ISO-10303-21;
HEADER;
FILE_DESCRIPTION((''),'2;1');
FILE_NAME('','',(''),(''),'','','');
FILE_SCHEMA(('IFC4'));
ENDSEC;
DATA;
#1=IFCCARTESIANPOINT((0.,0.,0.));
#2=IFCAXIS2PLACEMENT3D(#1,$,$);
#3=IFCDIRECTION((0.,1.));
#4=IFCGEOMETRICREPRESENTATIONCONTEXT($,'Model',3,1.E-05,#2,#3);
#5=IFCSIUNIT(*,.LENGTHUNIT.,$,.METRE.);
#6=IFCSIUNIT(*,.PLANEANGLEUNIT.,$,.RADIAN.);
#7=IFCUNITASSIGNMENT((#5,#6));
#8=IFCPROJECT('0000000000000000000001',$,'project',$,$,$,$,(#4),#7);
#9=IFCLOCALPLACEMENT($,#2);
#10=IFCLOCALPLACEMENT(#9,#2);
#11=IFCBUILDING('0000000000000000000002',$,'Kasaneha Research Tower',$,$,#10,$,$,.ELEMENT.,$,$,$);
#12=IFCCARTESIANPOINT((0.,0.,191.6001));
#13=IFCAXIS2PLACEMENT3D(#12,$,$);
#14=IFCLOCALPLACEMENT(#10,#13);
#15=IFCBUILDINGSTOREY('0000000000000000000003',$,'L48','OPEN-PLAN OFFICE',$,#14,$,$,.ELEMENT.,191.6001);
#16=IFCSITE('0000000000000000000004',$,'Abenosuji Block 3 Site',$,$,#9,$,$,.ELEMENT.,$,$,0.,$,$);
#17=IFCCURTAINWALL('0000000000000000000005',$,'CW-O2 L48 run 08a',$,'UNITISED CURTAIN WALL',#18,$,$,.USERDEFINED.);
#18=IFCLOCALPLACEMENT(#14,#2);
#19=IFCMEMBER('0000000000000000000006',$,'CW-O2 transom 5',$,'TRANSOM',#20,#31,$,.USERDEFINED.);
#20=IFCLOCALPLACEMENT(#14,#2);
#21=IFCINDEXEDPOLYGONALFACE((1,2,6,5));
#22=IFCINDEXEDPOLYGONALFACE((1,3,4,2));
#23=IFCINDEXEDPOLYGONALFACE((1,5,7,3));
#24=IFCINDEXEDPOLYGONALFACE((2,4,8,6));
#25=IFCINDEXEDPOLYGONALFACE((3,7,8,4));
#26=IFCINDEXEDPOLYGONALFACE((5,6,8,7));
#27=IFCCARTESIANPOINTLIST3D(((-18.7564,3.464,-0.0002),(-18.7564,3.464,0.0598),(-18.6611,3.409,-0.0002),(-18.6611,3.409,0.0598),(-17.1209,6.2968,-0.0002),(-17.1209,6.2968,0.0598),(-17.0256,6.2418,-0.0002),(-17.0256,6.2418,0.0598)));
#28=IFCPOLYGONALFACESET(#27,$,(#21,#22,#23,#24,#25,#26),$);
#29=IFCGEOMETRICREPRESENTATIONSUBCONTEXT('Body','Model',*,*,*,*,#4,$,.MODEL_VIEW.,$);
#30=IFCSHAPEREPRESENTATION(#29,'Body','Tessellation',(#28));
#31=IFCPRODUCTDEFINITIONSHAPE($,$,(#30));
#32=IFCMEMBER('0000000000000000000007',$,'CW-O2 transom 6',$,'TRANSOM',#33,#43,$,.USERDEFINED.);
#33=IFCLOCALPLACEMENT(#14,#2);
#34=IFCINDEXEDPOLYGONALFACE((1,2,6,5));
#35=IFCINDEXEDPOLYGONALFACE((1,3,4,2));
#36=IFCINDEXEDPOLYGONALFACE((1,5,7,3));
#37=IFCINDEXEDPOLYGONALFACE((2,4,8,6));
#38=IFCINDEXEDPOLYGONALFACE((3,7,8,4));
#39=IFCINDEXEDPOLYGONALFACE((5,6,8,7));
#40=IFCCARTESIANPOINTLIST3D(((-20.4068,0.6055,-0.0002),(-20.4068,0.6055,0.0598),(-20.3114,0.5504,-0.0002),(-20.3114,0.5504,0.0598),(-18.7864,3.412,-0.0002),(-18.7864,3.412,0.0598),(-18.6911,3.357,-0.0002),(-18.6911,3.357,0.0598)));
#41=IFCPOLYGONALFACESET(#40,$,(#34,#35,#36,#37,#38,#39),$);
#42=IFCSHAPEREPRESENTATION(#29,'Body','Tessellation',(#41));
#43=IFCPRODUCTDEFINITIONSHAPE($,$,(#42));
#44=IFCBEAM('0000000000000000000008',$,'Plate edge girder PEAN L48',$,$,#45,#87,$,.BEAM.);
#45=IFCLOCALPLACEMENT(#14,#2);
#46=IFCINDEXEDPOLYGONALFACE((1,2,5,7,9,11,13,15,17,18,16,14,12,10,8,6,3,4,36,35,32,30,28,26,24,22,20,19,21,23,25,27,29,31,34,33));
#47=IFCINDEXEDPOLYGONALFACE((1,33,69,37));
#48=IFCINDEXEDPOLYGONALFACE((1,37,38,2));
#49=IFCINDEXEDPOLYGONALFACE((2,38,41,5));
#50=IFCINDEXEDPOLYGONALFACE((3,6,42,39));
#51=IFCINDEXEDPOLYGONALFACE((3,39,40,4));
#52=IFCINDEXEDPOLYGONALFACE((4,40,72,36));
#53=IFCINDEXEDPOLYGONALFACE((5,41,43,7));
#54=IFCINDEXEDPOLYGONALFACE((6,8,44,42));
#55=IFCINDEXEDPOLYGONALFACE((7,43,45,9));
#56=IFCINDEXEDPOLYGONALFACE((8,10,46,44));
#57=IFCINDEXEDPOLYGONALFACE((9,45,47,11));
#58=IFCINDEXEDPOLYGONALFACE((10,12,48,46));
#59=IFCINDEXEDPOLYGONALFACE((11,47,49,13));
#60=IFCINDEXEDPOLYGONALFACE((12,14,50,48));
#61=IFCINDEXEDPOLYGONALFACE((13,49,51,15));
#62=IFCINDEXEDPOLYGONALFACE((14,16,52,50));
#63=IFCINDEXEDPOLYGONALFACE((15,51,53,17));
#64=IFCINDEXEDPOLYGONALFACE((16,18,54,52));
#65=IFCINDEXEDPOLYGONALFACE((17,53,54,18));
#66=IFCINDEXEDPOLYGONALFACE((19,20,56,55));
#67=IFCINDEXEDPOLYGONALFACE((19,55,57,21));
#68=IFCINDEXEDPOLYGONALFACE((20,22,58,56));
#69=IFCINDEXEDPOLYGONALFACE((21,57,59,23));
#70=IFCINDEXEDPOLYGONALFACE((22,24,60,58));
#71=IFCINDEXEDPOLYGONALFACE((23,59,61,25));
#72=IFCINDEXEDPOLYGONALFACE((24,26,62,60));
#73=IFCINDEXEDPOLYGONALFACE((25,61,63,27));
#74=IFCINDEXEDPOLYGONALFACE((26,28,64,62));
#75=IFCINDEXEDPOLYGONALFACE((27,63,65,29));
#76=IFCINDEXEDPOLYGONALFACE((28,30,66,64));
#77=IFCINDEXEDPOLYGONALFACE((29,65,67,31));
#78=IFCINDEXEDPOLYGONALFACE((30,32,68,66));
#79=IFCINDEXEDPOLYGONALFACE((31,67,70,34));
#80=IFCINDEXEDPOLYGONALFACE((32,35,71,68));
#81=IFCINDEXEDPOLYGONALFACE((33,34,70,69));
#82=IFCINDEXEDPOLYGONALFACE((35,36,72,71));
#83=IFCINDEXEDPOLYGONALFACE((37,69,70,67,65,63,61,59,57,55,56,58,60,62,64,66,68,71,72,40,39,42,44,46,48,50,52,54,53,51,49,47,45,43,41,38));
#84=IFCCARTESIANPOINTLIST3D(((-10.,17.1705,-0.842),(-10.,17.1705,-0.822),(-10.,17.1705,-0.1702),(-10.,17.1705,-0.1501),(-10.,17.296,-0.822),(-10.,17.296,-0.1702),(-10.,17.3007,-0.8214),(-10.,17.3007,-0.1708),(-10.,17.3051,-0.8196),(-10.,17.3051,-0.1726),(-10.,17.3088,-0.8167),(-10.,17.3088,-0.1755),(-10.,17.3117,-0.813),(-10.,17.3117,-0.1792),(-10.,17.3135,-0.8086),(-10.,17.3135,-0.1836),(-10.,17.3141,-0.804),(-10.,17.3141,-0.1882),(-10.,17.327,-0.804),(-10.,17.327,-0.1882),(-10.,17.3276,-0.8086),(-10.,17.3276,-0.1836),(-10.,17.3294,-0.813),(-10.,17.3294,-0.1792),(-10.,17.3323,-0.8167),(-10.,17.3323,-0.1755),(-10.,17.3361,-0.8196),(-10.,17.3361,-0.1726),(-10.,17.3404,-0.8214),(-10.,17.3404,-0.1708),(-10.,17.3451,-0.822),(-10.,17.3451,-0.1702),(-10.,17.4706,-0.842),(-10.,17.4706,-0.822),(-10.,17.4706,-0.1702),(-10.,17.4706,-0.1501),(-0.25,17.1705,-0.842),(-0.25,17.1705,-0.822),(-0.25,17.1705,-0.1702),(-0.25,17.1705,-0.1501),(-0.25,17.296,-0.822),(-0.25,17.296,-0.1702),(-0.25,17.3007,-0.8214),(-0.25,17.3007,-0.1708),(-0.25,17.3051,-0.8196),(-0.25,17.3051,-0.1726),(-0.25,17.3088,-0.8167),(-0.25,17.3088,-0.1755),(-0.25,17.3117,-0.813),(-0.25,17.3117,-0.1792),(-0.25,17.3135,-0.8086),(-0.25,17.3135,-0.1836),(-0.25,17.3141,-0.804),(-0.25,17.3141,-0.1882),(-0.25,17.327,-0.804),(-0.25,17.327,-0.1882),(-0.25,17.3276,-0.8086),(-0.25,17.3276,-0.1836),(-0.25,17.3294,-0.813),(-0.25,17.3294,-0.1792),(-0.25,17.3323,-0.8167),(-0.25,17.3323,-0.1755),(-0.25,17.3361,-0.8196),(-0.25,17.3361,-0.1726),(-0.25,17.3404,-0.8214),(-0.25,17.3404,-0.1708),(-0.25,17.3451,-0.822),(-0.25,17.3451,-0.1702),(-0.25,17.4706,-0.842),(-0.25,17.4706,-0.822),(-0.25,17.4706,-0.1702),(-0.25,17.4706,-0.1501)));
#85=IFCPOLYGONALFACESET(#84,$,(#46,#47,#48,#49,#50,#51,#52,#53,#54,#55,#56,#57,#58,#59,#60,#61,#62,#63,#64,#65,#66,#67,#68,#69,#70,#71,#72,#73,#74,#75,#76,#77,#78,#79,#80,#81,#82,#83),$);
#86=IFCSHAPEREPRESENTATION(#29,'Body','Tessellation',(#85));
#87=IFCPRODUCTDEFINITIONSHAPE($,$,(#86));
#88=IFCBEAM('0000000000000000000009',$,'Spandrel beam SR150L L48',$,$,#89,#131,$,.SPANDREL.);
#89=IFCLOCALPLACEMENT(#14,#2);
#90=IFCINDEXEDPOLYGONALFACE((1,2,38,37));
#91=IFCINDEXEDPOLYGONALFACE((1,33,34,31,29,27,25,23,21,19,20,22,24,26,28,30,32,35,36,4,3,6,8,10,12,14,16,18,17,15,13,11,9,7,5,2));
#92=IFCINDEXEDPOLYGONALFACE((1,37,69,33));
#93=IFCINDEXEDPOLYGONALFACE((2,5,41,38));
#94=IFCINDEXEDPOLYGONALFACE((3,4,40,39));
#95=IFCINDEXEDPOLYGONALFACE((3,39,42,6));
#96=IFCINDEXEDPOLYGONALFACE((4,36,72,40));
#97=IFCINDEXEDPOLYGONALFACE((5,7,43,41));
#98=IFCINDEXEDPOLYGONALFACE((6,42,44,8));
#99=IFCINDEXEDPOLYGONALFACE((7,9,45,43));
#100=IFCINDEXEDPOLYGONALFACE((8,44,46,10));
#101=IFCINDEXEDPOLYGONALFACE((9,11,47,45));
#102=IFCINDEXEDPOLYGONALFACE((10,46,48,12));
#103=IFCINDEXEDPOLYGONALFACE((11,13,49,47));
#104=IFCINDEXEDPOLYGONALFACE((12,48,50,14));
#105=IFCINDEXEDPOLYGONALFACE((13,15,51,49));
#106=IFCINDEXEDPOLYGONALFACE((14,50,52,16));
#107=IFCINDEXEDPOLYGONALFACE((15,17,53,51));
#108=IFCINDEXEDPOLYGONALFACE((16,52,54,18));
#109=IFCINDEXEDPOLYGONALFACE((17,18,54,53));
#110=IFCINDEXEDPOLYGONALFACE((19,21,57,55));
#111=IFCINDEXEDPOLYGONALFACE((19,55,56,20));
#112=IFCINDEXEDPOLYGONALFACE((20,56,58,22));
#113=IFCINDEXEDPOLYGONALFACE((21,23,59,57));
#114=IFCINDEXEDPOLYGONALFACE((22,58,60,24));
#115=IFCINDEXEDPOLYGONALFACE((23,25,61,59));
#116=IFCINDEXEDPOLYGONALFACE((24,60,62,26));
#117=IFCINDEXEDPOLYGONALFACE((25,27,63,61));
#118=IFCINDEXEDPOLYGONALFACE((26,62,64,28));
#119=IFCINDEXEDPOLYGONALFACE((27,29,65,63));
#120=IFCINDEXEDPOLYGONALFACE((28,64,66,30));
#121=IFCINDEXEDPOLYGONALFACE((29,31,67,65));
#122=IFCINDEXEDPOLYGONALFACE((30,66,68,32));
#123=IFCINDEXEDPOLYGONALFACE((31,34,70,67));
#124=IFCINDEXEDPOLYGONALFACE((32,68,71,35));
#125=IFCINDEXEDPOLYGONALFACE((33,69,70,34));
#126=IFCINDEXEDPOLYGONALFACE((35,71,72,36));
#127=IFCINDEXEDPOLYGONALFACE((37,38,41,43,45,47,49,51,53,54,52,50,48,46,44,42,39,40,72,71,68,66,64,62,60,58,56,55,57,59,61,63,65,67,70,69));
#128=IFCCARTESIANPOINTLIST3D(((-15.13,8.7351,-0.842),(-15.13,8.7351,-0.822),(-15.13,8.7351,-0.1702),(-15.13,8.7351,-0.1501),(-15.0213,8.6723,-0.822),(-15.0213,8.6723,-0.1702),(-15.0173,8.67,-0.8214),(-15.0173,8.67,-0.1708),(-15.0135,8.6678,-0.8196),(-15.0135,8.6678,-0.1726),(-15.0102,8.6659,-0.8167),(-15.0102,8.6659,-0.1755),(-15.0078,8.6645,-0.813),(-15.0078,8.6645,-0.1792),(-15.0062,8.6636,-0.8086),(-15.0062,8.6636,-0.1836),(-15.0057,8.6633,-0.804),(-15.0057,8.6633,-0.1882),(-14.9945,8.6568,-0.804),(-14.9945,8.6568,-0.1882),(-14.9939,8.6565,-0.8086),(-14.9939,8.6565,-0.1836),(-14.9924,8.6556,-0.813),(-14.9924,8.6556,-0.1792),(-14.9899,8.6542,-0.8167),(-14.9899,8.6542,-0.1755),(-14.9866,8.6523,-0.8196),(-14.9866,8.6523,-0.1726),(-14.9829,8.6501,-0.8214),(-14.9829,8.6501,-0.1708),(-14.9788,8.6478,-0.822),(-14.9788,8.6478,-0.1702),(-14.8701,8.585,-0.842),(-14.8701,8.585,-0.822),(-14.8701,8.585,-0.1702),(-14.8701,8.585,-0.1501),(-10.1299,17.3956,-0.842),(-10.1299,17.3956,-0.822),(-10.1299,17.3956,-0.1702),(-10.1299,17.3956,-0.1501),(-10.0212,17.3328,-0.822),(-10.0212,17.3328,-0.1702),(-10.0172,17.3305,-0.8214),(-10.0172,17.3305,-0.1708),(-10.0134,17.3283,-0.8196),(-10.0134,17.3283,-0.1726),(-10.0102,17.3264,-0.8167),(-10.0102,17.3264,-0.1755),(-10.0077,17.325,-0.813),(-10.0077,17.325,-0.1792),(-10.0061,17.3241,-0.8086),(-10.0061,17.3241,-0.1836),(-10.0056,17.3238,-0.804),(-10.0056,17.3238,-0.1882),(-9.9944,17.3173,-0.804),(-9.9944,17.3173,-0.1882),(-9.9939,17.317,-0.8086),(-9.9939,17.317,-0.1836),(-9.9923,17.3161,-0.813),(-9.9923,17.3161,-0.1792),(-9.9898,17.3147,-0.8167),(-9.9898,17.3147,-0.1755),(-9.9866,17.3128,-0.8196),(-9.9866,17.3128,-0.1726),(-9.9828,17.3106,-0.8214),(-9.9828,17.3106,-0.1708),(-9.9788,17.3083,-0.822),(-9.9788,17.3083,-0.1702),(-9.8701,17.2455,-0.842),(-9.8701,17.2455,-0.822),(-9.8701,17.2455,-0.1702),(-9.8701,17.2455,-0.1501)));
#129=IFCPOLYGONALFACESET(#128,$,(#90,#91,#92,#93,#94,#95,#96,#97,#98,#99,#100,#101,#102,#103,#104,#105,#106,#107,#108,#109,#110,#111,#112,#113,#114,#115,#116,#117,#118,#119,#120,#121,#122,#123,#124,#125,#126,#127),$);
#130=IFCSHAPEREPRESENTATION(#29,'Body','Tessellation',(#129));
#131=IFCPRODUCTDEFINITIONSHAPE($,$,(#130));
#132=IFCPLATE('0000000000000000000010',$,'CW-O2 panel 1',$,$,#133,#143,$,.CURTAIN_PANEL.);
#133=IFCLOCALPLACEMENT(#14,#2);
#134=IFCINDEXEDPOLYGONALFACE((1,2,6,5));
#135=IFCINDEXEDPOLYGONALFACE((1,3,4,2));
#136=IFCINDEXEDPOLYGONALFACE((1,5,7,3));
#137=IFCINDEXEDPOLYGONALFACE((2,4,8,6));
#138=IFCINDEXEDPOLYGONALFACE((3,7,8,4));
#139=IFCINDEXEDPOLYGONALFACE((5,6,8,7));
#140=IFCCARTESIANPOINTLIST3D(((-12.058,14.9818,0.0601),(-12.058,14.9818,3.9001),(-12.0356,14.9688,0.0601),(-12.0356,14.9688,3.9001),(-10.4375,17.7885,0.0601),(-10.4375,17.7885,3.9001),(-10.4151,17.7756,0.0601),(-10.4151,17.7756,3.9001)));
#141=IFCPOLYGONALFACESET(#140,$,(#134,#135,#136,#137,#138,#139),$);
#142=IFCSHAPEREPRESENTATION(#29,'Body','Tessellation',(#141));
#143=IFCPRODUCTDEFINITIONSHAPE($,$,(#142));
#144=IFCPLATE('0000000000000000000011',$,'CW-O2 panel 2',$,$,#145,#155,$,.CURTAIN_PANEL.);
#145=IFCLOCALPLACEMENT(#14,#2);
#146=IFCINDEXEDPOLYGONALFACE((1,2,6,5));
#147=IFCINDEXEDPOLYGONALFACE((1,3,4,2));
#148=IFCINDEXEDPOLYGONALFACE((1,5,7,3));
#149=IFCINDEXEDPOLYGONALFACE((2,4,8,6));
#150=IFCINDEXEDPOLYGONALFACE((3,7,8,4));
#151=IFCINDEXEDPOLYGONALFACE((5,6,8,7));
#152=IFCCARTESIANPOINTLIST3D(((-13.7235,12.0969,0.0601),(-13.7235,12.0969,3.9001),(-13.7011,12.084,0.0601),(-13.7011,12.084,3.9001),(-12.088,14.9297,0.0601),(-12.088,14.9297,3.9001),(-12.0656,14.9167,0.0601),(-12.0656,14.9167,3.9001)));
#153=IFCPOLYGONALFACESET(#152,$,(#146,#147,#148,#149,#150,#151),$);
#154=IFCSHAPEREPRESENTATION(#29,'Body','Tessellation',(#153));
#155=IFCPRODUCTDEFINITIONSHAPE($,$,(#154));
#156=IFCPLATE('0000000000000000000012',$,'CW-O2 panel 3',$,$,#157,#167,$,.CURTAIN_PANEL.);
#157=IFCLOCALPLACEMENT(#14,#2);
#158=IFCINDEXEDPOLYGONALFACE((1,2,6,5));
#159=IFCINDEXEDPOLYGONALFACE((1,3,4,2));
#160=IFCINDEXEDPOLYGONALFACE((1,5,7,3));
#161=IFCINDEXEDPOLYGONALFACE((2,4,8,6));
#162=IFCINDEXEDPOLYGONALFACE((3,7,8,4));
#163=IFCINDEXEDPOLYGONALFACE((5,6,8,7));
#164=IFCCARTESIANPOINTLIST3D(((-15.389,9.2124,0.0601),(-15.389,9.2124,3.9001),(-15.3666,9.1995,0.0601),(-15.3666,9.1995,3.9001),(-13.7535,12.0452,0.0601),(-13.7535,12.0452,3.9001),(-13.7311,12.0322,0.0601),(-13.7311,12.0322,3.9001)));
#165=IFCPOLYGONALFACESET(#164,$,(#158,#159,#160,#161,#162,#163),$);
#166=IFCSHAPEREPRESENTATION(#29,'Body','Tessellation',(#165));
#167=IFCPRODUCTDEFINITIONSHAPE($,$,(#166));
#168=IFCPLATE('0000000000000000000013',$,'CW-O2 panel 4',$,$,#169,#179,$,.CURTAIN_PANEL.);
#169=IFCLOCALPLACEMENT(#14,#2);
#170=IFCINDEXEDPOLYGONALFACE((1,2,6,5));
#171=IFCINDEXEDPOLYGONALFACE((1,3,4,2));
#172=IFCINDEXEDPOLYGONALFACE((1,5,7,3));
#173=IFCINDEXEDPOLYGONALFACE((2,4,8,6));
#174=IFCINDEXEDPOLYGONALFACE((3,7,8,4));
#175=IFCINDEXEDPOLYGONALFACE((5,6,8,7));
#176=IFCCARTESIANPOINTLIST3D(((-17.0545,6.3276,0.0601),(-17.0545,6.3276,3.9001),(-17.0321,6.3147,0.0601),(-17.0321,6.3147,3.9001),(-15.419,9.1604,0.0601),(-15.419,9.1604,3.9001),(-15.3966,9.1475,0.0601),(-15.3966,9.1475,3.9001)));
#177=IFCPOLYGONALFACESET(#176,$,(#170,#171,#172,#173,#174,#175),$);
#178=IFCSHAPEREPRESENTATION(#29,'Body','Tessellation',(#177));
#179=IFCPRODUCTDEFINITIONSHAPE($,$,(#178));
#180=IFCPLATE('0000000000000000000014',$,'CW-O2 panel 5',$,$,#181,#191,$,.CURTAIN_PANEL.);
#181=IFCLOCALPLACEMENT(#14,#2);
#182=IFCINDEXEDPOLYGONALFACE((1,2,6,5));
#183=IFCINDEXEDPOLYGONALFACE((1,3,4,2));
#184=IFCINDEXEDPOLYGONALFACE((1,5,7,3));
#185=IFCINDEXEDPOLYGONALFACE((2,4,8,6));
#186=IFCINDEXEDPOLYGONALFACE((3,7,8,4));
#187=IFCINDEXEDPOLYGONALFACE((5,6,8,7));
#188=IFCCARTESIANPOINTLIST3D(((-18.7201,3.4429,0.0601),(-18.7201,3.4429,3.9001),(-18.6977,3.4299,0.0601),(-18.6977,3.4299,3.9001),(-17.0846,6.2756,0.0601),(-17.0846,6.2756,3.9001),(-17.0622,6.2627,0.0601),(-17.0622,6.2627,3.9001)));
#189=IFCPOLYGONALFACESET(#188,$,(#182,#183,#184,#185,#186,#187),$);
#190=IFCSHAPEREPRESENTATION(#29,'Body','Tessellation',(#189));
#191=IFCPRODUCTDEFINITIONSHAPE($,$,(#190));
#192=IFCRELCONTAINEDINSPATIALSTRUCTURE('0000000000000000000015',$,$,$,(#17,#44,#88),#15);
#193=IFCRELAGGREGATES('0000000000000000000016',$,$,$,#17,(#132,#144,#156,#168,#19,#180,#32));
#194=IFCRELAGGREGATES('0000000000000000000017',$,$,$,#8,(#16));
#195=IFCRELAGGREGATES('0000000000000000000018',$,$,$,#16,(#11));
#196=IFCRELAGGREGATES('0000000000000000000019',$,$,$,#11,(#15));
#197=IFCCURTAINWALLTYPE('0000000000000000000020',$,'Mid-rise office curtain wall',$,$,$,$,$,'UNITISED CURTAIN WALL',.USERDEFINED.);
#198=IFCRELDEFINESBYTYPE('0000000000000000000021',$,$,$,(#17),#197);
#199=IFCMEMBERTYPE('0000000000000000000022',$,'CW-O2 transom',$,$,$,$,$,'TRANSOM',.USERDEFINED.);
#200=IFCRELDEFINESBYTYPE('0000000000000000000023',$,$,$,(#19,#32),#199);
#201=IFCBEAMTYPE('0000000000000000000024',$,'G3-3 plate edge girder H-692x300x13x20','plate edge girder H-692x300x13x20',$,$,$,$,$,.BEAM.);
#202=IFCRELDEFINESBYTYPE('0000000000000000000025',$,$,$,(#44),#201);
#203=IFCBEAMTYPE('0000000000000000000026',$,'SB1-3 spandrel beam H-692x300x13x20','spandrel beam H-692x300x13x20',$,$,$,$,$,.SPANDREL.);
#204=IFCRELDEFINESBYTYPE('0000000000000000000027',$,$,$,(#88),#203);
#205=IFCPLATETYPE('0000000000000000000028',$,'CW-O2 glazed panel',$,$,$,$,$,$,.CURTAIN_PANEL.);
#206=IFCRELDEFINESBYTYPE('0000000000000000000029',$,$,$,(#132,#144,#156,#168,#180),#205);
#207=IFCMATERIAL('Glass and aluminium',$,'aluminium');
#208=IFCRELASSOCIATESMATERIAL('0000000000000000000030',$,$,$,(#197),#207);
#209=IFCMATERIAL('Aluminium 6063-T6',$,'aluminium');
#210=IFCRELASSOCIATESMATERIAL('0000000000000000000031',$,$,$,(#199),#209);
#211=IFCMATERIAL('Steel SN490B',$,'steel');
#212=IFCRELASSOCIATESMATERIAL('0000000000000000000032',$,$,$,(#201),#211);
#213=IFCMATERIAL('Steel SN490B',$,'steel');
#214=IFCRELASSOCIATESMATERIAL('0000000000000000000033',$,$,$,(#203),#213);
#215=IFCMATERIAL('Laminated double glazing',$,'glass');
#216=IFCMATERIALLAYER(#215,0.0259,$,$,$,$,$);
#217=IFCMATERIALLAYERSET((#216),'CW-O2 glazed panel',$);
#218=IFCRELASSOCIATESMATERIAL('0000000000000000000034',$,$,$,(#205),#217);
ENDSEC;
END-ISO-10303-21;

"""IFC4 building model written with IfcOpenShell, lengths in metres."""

from ifc_helpers import new_model, si_unit, direction, frame, origin, origin_2d, place, context, subcontext, project, spatial, rectangle, i_section, extrude, material, layer, layer_set, material_profile, profile_set, type_object, element, aggregate, save


model = new_model("IFC4")

# Units and contexts
model_context = context("Model", 3, precision=1e-05, world=origin(), true_north=direction((0.0, 1.0)))
body_context = subcontext(model_context, "Body", "Model", "MODEL_VIEW")
ifc_project = project(units=[si_unit("LENGTHUNIT", "METRE"), si_unit("PLANEANGLEUNIT", "RADIAN")], contexts=[model_context])

# Site, building, storey
site_placement = place(None, origin())
site = spatial("IfcSite", under=ifc_project, at=site_placement, Name="Abenosuji Block 3 Site", CompositionType="ELEMENT", RefElevation=0.0)
building_placement = place(site_placement, origin())
building = spatial("IfcBuilding", under=site, at=building_placement, Name="Kasaneha Research Tower", CompositionType="ELEMENT")
storey_placement = place(building_placement, frame((0.0, 0.0, 191.6001)))
storey = spatial("IfcBuildingStorey", under=building, at=storey_placement, Name="L48", Description="OPEN-PLAN OFFICE", CompositionType="ELEMENT", Elevation=191.6001)

# Shared definitions
ifc_material_1 = material(Name="Glass and aluminium", Category="aluminium")
curtain_wall_type = type_object("IfcCurtainWallType", Name="Mid-rise office curtain wall", ElementType="UNITISED CURTAIN WALL", PredefinedType="USERDEFINED", material=ifc_material_1)

# Curtain wall, members
curtain_wall_1_placement = place(storey_placement, origin())
curtain_wall_1 = element("IfcCurtainWall", 1, at=curtain_wall_1_placement, inside=storey, type_object=curtain_wall_type, Name="CW-O2 L48 run 08a", ObjectType="UNITISED CURTAIN WALL", PredefinedType="USERDEFINED")
ifc_material_2 = material(Name="Aluminium 6063-T6", Category="aluminium")
ifc_material_profile_1 = material_profile(ifc_material_2, rectangle(XDim=0.1101, YDim=0.0601, at=origin_2d()), Name="CW-O2 transom 110x60")
ifc_profile_set_1 = profile_set([ifc_material_profile_1], Name="Aluminium 6063-T6")
member_type_1 = type_object("IfcMemberType", Name="CW-O2 transom", ElementType="TRANSOM", PredefinedType="USERDEFINED", material=ifc_profile_set_1)
member_1_placement = place(storey_placement, frame((-17.0732, 6.2693, 0.0298), z_axis=(-0.5, -0.866025, 0.0), x_axis=(0.866025, -0.5, 0.0)))
member_1 = element("IfcMember", 2, at=member_1_placement, type_object=member_type_1, Name="CW-O2 transom 5", ObjectType="TRANSOM", PredefinedType="USERDEFINED", context=body_context, shape_type="SweptSolid", body=[
    extrude(rectangle(XDim=0.1101, YDim=0.0601, at=origin_2d()), origin(), (0.0, 0.0, 1.0), 3.271),
])
member_2_placement = place(storey_placement, frame((-18.7388, 3.3845, 0.0298), z_axis=(-0.499988, -0.866033, 0.0), x_axis=(0.866033, -0.499988, 0.0)))
member_2 = element("IfcMember", 3, at=member_2_placement, type_object=member_type_1, Name="CW-O2 transom 6", ObjectType="TRANSOM", PredefinedType="USERDEFINED", context=body_context, shape_type="SweptSolid", body=[
    extrude(rectangle(XDim=0.1101, YDim=0.0601, at=origin_2d()), origin(), (0.0, 0.0, 1.0), 3.2407),
])

# Beams
ifc_material_3 = material(Name="Steel SN490B", Category="steel")
ifc_material_profile_2 = material_profile(ifc_material_3, i_section(OverallWidth=0.3, OverallDepth=0.6919, WebThickness=0.0129, FlangeThickness=0.02, FilletRadius=0.0181, at=origin_2d()), Name="H-692x300x13x20")
ifc_profile_set_2 = profile_set([ifc_material_profile_2], Name="Steel SN490B")
beam_type_1 = type_object("IfcBeamType", Name="G3-3 plate edge girder H-692x300x13x20", Description="plate edge girder H-692x300x13x20", PredefinedType="BEAM", material=ifc_profile_set_2)
beam_1_placement = place(storey_placement, frame((-10.0, 17.3206, -0.4961), z_axis=(1.0, 0.0, 0.0), x_axis=(0.0, 1.0, 0.0)))
element("IfcBeam", 4, at=beam_1_placement, inside=storey, type_object=beam_type_1, Name="Plate edge girder PEAN L48", PredefinedType="BEAM", context=body_context, shape_type="SweptSolid", body=[
    extrude(i_section(OverallWidth=0.3, OverallDepth=0.6919, WebThickness=0.0129, FlangeThickness=0.02, FilletRadius=0.0181, at=origin_2d()), origin(), (0.0, 0.0, 1.0), 9.75),
])
ifc_material_4 = material(Name="Steel SN490B", Category="steel")
ifc_material_profile_3 = material_profile(ifc_material_4, i_section(OverallWidth=0.3, OverallDepth=0.6919, WebThickness=0.0129, FlangeThickness=0.02, FilletRadius=0.0181, at=origin_2d()), Name="H-692x300x13x20")
ifc_profile_set_3 = profile_set([ifc_material_profile_3], Name="Steel SN490B")
beam_type_2 = type_object("IfcBeamType", Name="SB1-3 spandrel beam H-692x300x13x20", Description="spandrel beam H-692x300x13x20", PredefinedType="SPANDREL", material=ifc_profile_set_3)
beam_2_placement = place(storey_placement, frame((-10.0, 17.3206, -0.4961), z_axis=(-0.499994, -0.866029, 0.0), x_axis=(0.866029, -0.499994, 0.0)))
element("IfcBeam", 5, at=beam_2_placement, inside=storey, type_object=beam_type_2, Name="Spandrel beam SR150L L48", PredefinedType="SPANDREL", context=body_context, shape_type="SweptSolid", body=[
    extrude(i_section(OverallWidth=0.3, OverallDepth=0.6919, WebThickness=0.0129, FlangeThickness=0.02, FilletRadius=0.0181, at=origin_2d()), origin(), (0.0, 0.0, 1.0), 10.0002),
])

# Plates
ifc_material_5 = material(Name="Laminated double glazing", Category="glass")
ifc_layer_1 = layer(ifc_material_5, 0.0259)
ifc_layer_set_1 = layer_set([ifc_layer_1], Name="CW-O2 glazed panel")
plate_type = type_object("IfcPlateType", Name="CW-O2 glazed panel", PredefinedType="CURTAIN_PANEL", material=ifc_layer_set_1)
plate_1_placement = place(storey_placement, frame((-11.2366, 16.3787, 0.0601), z_axis=(0.0, 0.0, 1.0), x_axis=(-0.5, -0.866025, 0.0)))
plate_1 = element("IfcPlate", 6, at=plate_1_placement, type_object=plate_type, Name="CW-O2 panel 1", PredefinedType="CURTAIN_PANEL", context=body_context, shape_type="SweptSolid", body=[
    extrude(rectangle(XDim=3.241, YDim=0.0259, at=origin_2d()), origin(), (0.0, 0.0, 1.0), 3.8401),
])
plate_2_placement = place(storey_placement, frame((-12.8945, 13.5068, 0.0601), z_axis=(0.0, 0.0, 1.0), x_axis=(-0.5, -0.866025, 0.0)))
plate_2 = element("IfcPlate", 7, at=plate_2_placement, type_object=plate_type, Name="CW-O2 panel 2", PredefinedType="CURTAIN_PANEL", context=body_context, shape_type="SweptSolid", body=[
    extrude(rectangle(XDim=3.271, YDim=0.0259, at=origin_2d()), origin(), (0.0, 0.0, 1.0), 3.8401),
])
plate_3_placement = place(storey_placement, frame((-14.5601, 10.6223, 0.0601), z_axis=(0.0, 0.0, 1.0), x_axis=(-0.5, -0.866025, 0.0)))
plate_3 = element("IfcPlate", 8, at=plate_3_placement, type_object=plate_type, Name="CW-O2 panel 3", PredefinedType="CURTAIN_PANEL", context=body_context, shape_type="SweptSolid", body=[
    extrude(rectangle(XDim=3.271, YDim=0.0259, at=origin_2d()), origin(), (0.0, 0.0, 1.0), 3.8401),
])
plate_4_placement = place(storey_placement, frame((-16.2256, 7.7375, 0.0601), z_axis=(0.0, 0.0, 1.0), x_axis=(-0.5, -0.866025, 0.0)))
plate_4 = element("IfcPlate", 9, at=plate_4_placement, type_object=plate_type, Name="CW-O2 panel 4", PredefinedType="CURTAIN_PANEL", context=body_context, shape_type="SweptSolid", body=[
    extrude(rectangle(XDim=3.271, YDim=0.0259, at=origin_2d()), origin(), (0.0, 0.0, 1.0), 3.8401),
])
plate_5_placement = place(storey_placement, frame((-17.8911, 4.8528, 0.0601), z_axis=(0.0, 0.0, 1.0), x_axis=(-0.5, -0.866025, 0.0)))
plate_5 = element("IfcPlate", 10, at=plate_5_placement, type_object=plate_type, Name="CW-O2 panel 5", PredefinedType="CURTAIN_PANEL", context=body_context, shape_type="SweptSolid", body=[
    extrude(rectangle(XDim=3.271, YDim=0.0259, at=origin_2d()), origin(), (0.0, 0.0, 1.0), 3.8401),
])
aggregate(curtain_wall_1, [plate_1, plate_2, plate_3, plate_4, member_1, plate_5, member_2])

save(model, "model.ifc")
